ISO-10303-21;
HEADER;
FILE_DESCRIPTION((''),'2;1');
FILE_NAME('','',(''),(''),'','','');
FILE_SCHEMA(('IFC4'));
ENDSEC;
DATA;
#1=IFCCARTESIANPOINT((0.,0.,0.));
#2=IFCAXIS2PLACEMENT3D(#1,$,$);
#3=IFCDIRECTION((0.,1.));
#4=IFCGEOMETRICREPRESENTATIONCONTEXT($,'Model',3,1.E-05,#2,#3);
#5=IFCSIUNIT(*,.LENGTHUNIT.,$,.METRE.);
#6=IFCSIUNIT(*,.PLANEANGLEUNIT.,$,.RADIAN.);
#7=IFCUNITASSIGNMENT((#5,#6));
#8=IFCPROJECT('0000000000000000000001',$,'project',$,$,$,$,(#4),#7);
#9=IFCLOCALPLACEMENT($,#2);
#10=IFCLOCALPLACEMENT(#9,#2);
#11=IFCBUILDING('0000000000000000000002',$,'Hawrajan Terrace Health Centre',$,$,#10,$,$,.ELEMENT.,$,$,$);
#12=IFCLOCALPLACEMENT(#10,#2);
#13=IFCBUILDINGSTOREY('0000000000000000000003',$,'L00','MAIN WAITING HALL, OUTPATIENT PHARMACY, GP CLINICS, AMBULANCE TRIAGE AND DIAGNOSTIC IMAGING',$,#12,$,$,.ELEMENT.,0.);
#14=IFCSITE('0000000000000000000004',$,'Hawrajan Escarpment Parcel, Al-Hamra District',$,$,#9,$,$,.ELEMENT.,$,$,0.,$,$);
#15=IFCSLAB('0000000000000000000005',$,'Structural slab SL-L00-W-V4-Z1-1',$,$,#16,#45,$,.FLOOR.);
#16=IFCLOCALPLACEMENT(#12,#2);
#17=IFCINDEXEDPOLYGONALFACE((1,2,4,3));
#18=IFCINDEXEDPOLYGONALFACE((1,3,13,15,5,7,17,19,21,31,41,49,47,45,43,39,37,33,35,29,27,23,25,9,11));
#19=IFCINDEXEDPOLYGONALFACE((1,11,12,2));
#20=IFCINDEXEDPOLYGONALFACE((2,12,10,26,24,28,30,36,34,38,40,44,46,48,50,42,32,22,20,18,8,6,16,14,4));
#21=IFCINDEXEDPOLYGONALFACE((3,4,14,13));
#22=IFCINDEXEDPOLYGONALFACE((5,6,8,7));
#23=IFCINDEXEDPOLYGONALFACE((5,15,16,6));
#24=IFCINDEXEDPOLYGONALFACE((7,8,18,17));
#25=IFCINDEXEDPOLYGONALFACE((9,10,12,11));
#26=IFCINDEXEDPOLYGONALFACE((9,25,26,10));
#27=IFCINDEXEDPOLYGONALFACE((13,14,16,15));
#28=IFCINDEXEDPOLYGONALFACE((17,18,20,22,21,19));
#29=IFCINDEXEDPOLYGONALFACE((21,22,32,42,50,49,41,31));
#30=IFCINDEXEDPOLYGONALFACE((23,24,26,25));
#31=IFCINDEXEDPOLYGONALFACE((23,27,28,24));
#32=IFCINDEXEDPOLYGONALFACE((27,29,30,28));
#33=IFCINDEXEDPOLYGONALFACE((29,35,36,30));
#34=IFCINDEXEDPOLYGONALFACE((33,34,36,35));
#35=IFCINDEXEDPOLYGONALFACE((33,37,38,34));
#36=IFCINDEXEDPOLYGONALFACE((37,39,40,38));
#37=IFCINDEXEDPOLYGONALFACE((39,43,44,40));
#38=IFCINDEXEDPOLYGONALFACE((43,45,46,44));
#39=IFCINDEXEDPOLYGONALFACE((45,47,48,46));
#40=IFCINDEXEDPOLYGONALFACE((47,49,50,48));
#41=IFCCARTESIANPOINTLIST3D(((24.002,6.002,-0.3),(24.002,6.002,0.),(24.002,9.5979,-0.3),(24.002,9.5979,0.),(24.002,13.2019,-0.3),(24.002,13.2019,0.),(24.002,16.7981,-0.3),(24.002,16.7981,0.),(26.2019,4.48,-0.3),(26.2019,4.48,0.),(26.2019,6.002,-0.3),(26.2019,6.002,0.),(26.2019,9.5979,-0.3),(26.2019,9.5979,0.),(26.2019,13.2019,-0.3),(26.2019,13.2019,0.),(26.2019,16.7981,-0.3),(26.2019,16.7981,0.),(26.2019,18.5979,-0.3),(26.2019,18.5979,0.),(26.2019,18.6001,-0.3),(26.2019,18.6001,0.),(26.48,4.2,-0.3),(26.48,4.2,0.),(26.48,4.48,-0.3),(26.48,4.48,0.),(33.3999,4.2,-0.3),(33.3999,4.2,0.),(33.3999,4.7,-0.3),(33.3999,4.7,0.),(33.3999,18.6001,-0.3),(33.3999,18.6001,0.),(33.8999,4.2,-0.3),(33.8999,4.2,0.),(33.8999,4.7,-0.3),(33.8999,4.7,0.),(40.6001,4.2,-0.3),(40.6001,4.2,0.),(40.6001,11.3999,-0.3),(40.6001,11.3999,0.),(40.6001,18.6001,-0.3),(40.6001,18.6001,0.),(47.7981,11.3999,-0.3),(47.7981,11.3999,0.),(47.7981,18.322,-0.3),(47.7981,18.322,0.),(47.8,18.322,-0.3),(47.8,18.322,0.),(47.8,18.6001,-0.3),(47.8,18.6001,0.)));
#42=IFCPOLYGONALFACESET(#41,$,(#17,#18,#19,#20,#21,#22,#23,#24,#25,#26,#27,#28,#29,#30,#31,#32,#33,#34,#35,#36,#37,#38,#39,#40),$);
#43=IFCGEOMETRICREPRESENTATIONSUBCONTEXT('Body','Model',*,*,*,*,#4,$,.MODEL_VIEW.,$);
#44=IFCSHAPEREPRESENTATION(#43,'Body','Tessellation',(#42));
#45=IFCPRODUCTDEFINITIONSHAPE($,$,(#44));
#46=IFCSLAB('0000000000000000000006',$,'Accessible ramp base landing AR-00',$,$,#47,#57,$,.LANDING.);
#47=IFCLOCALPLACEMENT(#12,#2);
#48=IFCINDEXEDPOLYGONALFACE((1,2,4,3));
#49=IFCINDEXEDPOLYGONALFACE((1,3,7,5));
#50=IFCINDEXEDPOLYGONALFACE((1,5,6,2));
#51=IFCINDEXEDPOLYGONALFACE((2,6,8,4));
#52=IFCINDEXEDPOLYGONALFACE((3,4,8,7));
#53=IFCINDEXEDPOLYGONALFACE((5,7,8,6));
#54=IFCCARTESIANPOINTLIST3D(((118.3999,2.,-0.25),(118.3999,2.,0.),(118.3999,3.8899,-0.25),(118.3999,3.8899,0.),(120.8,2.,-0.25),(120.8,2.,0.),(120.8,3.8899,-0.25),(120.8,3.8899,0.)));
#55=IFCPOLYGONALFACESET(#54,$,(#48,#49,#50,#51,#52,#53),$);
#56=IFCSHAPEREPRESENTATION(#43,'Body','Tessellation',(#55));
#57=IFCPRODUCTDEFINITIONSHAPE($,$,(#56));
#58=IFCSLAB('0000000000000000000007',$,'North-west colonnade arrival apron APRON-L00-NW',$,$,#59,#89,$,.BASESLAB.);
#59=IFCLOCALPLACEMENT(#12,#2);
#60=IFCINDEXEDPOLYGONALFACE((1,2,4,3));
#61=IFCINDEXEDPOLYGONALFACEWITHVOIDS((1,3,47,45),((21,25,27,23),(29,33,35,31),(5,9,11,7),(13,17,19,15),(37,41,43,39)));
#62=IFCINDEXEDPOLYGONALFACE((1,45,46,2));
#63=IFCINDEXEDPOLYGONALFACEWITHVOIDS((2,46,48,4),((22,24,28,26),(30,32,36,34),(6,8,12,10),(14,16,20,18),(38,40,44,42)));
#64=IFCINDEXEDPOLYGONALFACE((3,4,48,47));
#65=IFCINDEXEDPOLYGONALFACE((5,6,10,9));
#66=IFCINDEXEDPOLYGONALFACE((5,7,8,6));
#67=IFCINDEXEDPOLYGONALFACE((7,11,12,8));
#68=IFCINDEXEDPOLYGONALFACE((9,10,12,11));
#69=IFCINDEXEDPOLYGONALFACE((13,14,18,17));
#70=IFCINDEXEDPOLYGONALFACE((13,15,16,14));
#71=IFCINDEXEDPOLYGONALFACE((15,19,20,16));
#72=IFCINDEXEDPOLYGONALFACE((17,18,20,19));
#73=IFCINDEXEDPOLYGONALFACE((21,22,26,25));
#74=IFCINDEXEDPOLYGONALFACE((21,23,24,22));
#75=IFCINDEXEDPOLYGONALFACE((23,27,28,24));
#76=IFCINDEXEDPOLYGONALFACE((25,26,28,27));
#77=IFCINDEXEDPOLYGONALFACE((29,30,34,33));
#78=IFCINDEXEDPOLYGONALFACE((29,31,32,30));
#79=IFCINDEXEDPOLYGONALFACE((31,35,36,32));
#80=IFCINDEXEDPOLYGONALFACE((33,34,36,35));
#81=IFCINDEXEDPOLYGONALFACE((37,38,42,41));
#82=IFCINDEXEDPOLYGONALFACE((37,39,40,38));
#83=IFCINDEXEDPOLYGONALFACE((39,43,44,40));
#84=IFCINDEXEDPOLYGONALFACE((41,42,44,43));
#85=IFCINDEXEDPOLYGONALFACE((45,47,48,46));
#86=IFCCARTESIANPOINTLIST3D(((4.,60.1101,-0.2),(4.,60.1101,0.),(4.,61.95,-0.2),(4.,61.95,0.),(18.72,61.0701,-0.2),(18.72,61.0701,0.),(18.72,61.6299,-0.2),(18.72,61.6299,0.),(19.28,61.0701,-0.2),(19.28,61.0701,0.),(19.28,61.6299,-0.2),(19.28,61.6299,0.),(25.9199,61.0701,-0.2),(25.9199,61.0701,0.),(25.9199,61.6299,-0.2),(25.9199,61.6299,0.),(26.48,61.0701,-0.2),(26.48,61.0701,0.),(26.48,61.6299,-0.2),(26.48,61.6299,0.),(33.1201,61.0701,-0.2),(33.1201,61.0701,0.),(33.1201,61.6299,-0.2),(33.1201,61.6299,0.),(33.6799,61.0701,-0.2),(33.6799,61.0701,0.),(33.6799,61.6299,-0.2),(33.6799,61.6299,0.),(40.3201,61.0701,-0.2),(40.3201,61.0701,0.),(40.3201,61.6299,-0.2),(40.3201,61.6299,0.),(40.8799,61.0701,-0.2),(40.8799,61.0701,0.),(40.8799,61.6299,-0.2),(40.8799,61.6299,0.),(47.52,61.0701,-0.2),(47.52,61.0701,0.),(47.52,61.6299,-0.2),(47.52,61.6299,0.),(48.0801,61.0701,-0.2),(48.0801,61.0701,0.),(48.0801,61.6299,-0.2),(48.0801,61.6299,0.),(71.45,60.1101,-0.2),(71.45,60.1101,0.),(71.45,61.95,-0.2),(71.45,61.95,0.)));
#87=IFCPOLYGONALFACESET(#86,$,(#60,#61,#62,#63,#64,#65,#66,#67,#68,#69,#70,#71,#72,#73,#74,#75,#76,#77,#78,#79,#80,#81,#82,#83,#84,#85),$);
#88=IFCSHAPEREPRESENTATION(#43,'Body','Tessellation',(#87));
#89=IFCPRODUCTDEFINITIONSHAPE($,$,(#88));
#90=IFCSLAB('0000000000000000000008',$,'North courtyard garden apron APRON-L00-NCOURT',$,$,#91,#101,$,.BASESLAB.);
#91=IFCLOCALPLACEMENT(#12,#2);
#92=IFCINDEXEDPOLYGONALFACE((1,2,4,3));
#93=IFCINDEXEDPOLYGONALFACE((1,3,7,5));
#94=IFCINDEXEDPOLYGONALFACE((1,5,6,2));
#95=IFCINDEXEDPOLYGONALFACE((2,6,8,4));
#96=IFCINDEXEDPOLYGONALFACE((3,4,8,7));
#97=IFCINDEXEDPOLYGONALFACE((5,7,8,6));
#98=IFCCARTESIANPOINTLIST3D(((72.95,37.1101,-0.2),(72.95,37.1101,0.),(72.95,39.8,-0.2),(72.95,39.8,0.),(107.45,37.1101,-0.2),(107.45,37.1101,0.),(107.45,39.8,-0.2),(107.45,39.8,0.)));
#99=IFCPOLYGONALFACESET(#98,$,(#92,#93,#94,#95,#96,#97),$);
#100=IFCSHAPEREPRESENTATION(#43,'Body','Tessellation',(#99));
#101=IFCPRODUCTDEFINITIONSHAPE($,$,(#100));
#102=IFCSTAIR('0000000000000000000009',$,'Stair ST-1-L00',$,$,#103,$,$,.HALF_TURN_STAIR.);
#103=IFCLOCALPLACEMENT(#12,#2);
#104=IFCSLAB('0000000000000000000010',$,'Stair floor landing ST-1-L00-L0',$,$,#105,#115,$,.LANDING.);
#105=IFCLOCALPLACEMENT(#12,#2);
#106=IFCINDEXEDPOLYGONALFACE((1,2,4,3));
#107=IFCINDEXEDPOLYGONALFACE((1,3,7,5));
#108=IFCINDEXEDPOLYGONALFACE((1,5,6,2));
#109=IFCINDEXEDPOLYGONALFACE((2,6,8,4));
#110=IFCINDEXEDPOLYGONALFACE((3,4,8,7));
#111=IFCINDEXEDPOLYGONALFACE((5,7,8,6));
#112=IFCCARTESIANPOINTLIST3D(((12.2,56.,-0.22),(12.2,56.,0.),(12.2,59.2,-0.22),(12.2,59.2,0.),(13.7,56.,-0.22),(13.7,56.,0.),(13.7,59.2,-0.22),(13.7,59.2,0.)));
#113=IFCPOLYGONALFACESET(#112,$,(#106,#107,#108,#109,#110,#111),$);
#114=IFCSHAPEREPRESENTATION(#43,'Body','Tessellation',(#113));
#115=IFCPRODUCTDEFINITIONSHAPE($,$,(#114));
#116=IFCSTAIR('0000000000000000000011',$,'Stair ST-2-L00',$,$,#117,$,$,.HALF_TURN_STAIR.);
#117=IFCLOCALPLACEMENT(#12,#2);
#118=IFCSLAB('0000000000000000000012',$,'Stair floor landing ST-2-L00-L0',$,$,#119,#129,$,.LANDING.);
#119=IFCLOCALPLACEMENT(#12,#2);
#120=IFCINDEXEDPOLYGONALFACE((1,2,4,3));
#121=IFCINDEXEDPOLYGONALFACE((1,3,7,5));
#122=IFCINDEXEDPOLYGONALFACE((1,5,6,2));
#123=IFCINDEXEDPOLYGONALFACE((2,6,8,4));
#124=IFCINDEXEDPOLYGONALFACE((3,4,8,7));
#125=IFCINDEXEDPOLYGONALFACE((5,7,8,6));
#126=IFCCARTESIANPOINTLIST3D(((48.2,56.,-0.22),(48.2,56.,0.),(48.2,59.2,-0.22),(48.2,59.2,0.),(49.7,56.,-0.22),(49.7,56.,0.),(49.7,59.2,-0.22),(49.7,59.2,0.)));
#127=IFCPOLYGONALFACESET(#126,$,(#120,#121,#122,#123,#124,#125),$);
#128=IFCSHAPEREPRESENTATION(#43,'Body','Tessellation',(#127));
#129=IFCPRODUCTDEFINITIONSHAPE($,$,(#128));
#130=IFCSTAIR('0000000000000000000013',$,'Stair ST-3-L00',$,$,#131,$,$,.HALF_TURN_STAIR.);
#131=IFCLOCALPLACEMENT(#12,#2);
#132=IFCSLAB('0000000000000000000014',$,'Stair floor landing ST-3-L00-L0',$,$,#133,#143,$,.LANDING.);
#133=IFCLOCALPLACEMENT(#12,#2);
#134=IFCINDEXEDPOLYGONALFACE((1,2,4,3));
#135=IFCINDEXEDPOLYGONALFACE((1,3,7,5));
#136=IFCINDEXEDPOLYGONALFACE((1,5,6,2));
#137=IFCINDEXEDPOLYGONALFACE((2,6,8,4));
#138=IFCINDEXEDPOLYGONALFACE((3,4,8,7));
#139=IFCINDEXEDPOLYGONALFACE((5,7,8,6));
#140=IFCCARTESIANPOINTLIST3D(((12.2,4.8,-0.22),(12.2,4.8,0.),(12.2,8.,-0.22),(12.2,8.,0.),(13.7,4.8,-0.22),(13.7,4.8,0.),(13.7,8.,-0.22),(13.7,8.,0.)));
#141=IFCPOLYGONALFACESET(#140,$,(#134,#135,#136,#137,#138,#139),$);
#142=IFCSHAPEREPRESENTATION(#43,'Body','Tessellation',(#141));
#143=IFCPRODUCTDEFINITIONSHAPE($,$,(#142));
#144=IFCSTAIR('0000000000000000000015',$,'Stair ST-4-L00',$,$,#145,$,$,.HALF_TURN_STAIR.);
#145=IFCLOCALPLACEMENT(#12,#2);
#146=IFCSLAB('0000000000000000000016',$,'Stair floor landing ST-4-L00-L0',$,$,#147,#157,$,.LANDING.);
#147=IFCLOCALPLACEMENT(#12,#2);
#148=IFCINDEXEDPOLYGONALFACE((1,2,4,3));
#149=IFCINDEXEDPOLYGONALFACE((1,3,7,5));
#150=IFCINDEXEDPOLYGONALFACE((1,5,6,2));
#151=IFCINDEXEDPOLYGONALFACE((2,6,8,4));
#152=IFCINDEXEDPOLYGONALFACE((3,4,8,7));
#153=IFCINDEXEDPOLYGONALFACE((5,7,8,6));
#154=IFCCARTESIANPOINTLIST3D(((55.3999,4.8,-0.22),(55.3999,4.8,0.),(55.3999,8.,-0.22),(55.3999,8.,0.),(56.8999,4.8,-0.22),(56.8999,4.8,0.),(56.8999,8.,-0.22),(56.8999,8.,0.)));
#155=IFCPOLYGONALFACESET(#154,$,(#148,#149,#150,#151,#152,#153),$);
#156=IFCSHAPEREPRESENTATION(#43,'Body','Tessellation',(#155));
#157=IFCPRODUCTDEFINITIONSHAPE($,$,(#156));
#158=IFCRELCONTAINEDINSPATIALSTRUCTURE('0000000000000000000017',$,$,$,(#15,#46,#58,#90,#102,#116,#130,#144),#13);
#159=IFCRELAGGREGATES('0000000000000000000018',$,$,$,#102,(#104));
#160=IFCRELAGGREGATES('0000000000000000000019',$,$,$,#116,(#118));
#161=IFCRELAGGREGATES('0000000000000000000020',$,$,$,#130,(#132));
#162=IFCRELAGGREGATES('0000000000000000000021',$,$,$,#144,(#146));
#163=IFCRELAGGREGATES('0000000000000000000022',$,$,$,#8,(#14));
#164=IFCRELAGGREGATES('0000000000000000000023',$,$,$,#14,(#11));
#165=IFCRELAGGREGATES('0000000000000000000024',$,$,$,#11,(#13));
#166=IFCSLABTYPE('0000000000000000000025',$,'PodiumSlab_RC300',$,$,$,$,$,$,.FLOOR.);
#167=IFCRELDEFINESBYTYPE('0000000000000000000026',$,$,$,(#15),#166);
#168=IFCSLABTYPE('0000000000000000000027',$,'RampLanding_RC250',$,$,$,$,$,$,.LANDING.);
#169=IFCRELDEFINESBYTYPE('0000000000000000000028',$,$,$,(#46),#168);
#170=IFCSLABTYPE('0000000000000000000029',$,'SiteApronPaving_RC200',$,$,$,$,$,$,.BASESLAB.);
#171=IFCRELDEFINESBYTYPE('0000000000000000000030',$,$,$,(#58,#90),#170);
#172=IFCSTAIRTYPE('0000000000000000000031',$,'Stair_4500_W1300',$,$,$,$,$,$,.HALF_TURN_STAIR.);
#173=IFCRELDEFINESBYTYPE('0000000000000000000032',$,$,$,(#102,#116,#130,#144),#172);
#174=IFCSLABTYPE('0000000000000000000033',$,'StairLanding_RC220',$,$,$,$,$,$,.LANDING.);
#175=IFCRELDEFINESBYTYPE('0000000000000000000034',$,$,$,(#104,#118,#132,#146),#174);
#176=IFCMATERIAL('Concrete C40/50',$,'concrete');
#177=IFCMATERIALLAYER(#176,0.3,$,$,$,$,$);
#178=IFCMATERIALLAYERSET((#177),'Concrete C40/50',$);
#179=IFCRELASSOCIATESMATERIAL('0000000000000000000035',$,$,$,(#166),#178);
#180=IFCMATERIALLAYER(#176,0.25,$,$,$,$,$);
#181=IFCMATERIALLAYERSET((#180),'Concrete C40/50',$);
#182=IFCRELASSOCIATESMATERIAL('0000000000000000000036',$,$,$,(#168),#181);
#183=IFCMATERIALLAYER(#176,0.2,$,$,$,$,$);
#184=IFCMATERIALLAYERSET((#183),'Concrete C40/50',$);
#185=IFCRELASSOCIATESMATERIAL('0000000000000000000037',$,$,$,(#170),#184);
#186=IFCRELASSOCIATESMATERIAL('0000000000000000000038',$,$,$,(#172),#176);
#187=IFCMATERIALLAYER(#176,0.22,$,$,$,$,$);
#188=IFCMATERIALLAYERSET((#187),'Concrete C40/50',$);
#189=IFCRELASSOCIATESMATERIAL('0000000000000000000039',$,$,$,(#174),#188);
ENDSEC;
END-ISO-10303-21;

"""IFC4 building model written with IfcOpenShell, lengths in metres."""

from ifc_helpers import new_model, si_unit, direction, frame, origin, place, context, subcontext, project, spatial, polyline, outline, extrude, material, layer, layer_set, type_object, element, aggregate, save


model = new_model("IFC4")

# Units and contexts
model_context = context("Model", 3, precision=1e-05, world=origin(), true_north=direction((0.0, 1.0)))
body_context = subcontext(model_context, "Body", "Model", "MODEL_VIEW")
ifc_project = project(units=[si_unit("LENGTHUNIT", "METRE"), si_unit("PLANEANGLEUNIT", "RADIAN")], contexts=[model_context])

# Site, building, storey
site_placement = place(None, origin())
site = spatial("IfcSite", under=ifc_project, at=site_placement, Name="Hawrajan Escarpment Parcel, Al-Hamra District", CompositionType="ELEMENT", RefElevation=0.0)
building_placement = place(site_placement, origin())
building = spatial("IfcBuilding", under=site, at=building_placement, Name="Hawrajan Terrace Health Centre", CompositionType="ELEMENT")
storey_placement = place(building_placement, origin())
storey = spatial("IfcBuildingStorey", under=building, at=storey_placement, Name="L00", Description="MAIN WAITING HALL, OUTPATIENT PHARMACY, GP CLINICS, AMBULANCE TRIAGE AND DIAGNOSTIC IMAGING", CompositionType="ELEMENT", Elevation=0.0)

# Slabs
ifc_material = material(Name="Concrete C40/50", Category="concrete")
ifc_layer_1 = layer(ifc_material, 0.3)
ifc_layer_set_1 = layer_set([ifc_layer_1], Name="Concrete C40/50")
slab_type_1 = type_object("IfcSlabType", Name="PodiumSlab_RC300", PredefinedType="FLOOR", material=ifc_layer_set_1)
slab_1_placement = place(storey_placement, frame((0.0, 0.0, -0.3)))
element("IfcSlab", 1, at=slab_1_placement, inside=storey, type_object=slab_type_1, Name="Structural slab SL-L00-W-V4-Z1-1", PredefinedType="FLOOR", context=body_context, shape_type="SweptSolid", body=[
    extrude(outline(polyline([(33.3999, 18.6001), (40.6001, 18.6001), (47.8, 18.6001), (47.8, 18.322), (47.7981, 18.322), (47.7981, 11.3999), (40.6001, 11.3999), (40.6001, 4.2), (33.8999, 4.2), (33.8999, 4.7), (33.3999, 4.7), (33.3999, 4.2), (26.48, 4.2), (26.48, 4.48), (26.2019, 4.48), (26.2019, 6.002), (24.002, 6.002), (24.002, 9.5979), (26.2019, 9.5979), (26.2019, 13.2019), (24.002, 13.2019), (24.002, 16.7981), (26.2019, 16.7981), (26.2019, 18.5979), (26.2019, 18.6001), (33.3999, 18.6001)])), origin(), (0.0, 0.0, 1.0), 0.3),
])
ifc_layer_2 = layer(ifc_material, 0.25)
ifc_layer_set_2 = layer_set([ifc_layer_2], Name="Concrete C40/50")
slab_type_2 = type_object("IfcSlabType", Name="RampLanding_RC250", PredefinedType="LANDING", material=ifc_layer_set_2)
slab_2_placement = place(storey_placement, frame((0.0, 0.0, -0.25)))
element("IfcSlab", 2, at=slab_2_placement, inside=storey, type_object=slab_type_2, Name="Accessible ramp base landing AR-00", PredefinedType="LANDING", context=body_context, shape_type="SweptSolid", body=[
    extrude(outline(polyline([(118.3999, 2.0), (120.8, 2.0), (120.8, 3.8899), (118.3999, 3.8899), (118.3999, 2.0)])), origin(), (0.0, 0.0, 1.0), 0.25),
])
ifc_layer_3 = layer(ifc_material, 0.2)
ifc_layer_set_3 = layer_set([ifc_layer_3], Name="Concrete C40/50")
slab_type_3 = type_object("IfcSlabType", Name="SiteApronPaving_RC200", PredefinedType="BASESLAB", material=ifc_layer_set_3)
slab_3_placement = place(storey_placement, frame((0.0, 0.0, -0.2)))
element("IfcSlab", 3, at=slab_3_placement, inside=storey, type_object=slab_type_3, Name="North-west colonnade arrival apron APRON-L00-NW", PredefinedType="BASESLAB", context=body_context, shape_type="SweptSolid", body=[
    extrude(outline(polyline([(4.0, 60.1101), (71.45, 60.1101), (71.45, 61.95), (4.0, 61.95), (4.0, 60.1101)]), holes=[polyline([(18.72, 61.0701), (19.28, 61.0701), (19.28, 61.6299), (18.72, 61.6299), (18.72, 61.0701)]), polyline([(25.9199, 61.0701), (26.48, 61.0701), (26.48, 61.6299), (25.9199, 61.6299), (25.9199, 61.0701)]), polyline([(33.1201, 61.0701), (33.6799, 61.0701), (33.6799, 61.6299), (33.1201, 61.6299), (33.1201, 61.0701)]), polyline([(40.3201, 61.0701), (40.8799, 61.0701), (40.8799, 61.6299), (40.3201, 61.6299), (40.3201, 61.0701)]), polyline([(47.52, 61.0701), (48.0801, 61.0701), (48.0801, 61.6299), (47.52, 61.6299), (47.52, 61.0701)])]), origin(), (0.0, 0.0, 1.0), 0.2),
])
slab_4_placement = place(storey_placement, frame((0.0, 0.0, -0.2)))
element("IfcSlab", 4, at=slab_4_placement, inside=storey, type_object=slab_type_3, Name="North courtyard garden apron APRON-L00-NCOURT", PredefinedType="BASESLAB", context=body_context, shape_type="SweptSolid", body=[
    extrude(outline(polyline([(72.95, 37.1101), (107.45, 37.1101), (107.45, 39.8), (72.95, 39.8), (72.95, 37.1101)])), origin(), (0.0, 0.0, 1.0), 0.2),
])

# Stairs, slabs
stair_type = type_object("IfcStairType", Name="Stair_4500_W1300", PredefinedType="HALF_TURN_STAIR", material=ifc_material)
stair_1_placement = place(storey_placement, origin())
stair_1 = element("IfcStair", 5, at=stair_1_placement, inside=storey, type_object=stair_type, Name="Stair ST-1-L00", PredefinedType="HALF_TURN_STAIR")
ifc_layer_4 = layer(ifc_material, 0.22)
ifc_layer_set_4 = layer_set([ifc_layer_4], Name="Concrete C40/50")
slab_type_4 = type_object("IfcSlabType", Name="StairLanding_RC220", PredefinedType="LANDING", material=ifc_layer_set_4)
slab_5_placement = place(storey_placement, frame((0.0, 0.0, -0.22)))
slab_5 = element("IfcSlab", 6, at=slab_5_placement, type_object=slab_type_4, Name="Stair floor landing ST-1-L00-L0", PredefinedType="LANDING", context=body_context, shape_type="SweptSolid", body=[
    extrude(outline(polyline([(12.2, 56.0), (13.7, 56.0), (13.7, 59.2), (12.2, 59.2), (12.2, 56.0)])), origin(), (0.0, 0.0, 1.0), 0.22),
])
aggregate(stair_1, [slab_5])
stair_2_placement = place(storey_placement, origin())
stair_2 = element("IfcStair", 7, at=stair_2_placement, inside=storey, type_object=stair_type, Name="Stair ST-2-L00", PredefinedType="HALF_TURN_STAIR")
slab_6_placement = place(storey_placement, frame((0.0, 0.0, -0.22)))
slab_6 = element("IfcSlab", 8, at=slab_6_placement, type_object=slab_type_4, Name="Stair floor landing ST-2-L00-L0", PredefinedType="LANDING", context=body_context, shape_type="SweptSolid", body=[
    extrude(outline(polyline([(48.2, 56.0), (49.7, 56.0), (49.7, 59.2), (48.2, 59.2), (48.2, 56.0)])), origin(), (0.0, 0.0, 1.0), 0.22),
])
aggregate(stair_2, [slab_6])
stair_3_placement = place(storey_placement, origin())
stair_3 = element("IfcStair", 9, at=stair_3_placement, inside=storey, type_object=stair_type, Name="Stair ST-3-L00", PredefinedType="HALF_TURN_STAIR")
slab_7_placement = place(storey_placement, frame((0.0, 0.0, -0.22)))
slab_7 = element("IfcSlab", 10, at=slab_7_placement, type_object=slab_type_4, Name="Stair floor landing ST-3-L00-L0", PredefinedType="LANDING", context=body_context, shape_type="SweptSolid", body=[
    extrude(outline(polyline([(12.2, 4.8), (13.7, 4.8), (13.7, 8.0), (12.2, 8.0), (12.2, 4.8)])), origin(), (0.0, 0.0, 1.0), 0.22),
])
aggregate(stair_3, [slab_7])
stair_4_placement = place(storey_placement, origin())
stair_4 = element("IfcStair", 11, at=stair_4_placement, inside=storey, type_object=stair_type, Name="Stair ST-4-L00", PredefinedType="HALF_TURN_STAIR")
slab_8_placement = place(storey_placement, frame((0.0, 0.0, -0.22)))
slab_8 = element("IfcSlab", 12, at=slab_8_placement, type_object=slab_type_4, Name="Stair floor landing ST-4-L00-L0", PredefinedType="LANDING", context=body_context, shape_type="SweptSolid", body=[
    extrude(outline(polyline([(55.3999, 4.8), (56.8999, 4.8), (56.8999, 8.0), (55.3999, 8.0), (55.3999, 4.8)])), origin(), (0.0, 0.0, 1.0), 0.22),
])
aggregate(stair_4, [slab_8])

save(model, "model.ifc")
